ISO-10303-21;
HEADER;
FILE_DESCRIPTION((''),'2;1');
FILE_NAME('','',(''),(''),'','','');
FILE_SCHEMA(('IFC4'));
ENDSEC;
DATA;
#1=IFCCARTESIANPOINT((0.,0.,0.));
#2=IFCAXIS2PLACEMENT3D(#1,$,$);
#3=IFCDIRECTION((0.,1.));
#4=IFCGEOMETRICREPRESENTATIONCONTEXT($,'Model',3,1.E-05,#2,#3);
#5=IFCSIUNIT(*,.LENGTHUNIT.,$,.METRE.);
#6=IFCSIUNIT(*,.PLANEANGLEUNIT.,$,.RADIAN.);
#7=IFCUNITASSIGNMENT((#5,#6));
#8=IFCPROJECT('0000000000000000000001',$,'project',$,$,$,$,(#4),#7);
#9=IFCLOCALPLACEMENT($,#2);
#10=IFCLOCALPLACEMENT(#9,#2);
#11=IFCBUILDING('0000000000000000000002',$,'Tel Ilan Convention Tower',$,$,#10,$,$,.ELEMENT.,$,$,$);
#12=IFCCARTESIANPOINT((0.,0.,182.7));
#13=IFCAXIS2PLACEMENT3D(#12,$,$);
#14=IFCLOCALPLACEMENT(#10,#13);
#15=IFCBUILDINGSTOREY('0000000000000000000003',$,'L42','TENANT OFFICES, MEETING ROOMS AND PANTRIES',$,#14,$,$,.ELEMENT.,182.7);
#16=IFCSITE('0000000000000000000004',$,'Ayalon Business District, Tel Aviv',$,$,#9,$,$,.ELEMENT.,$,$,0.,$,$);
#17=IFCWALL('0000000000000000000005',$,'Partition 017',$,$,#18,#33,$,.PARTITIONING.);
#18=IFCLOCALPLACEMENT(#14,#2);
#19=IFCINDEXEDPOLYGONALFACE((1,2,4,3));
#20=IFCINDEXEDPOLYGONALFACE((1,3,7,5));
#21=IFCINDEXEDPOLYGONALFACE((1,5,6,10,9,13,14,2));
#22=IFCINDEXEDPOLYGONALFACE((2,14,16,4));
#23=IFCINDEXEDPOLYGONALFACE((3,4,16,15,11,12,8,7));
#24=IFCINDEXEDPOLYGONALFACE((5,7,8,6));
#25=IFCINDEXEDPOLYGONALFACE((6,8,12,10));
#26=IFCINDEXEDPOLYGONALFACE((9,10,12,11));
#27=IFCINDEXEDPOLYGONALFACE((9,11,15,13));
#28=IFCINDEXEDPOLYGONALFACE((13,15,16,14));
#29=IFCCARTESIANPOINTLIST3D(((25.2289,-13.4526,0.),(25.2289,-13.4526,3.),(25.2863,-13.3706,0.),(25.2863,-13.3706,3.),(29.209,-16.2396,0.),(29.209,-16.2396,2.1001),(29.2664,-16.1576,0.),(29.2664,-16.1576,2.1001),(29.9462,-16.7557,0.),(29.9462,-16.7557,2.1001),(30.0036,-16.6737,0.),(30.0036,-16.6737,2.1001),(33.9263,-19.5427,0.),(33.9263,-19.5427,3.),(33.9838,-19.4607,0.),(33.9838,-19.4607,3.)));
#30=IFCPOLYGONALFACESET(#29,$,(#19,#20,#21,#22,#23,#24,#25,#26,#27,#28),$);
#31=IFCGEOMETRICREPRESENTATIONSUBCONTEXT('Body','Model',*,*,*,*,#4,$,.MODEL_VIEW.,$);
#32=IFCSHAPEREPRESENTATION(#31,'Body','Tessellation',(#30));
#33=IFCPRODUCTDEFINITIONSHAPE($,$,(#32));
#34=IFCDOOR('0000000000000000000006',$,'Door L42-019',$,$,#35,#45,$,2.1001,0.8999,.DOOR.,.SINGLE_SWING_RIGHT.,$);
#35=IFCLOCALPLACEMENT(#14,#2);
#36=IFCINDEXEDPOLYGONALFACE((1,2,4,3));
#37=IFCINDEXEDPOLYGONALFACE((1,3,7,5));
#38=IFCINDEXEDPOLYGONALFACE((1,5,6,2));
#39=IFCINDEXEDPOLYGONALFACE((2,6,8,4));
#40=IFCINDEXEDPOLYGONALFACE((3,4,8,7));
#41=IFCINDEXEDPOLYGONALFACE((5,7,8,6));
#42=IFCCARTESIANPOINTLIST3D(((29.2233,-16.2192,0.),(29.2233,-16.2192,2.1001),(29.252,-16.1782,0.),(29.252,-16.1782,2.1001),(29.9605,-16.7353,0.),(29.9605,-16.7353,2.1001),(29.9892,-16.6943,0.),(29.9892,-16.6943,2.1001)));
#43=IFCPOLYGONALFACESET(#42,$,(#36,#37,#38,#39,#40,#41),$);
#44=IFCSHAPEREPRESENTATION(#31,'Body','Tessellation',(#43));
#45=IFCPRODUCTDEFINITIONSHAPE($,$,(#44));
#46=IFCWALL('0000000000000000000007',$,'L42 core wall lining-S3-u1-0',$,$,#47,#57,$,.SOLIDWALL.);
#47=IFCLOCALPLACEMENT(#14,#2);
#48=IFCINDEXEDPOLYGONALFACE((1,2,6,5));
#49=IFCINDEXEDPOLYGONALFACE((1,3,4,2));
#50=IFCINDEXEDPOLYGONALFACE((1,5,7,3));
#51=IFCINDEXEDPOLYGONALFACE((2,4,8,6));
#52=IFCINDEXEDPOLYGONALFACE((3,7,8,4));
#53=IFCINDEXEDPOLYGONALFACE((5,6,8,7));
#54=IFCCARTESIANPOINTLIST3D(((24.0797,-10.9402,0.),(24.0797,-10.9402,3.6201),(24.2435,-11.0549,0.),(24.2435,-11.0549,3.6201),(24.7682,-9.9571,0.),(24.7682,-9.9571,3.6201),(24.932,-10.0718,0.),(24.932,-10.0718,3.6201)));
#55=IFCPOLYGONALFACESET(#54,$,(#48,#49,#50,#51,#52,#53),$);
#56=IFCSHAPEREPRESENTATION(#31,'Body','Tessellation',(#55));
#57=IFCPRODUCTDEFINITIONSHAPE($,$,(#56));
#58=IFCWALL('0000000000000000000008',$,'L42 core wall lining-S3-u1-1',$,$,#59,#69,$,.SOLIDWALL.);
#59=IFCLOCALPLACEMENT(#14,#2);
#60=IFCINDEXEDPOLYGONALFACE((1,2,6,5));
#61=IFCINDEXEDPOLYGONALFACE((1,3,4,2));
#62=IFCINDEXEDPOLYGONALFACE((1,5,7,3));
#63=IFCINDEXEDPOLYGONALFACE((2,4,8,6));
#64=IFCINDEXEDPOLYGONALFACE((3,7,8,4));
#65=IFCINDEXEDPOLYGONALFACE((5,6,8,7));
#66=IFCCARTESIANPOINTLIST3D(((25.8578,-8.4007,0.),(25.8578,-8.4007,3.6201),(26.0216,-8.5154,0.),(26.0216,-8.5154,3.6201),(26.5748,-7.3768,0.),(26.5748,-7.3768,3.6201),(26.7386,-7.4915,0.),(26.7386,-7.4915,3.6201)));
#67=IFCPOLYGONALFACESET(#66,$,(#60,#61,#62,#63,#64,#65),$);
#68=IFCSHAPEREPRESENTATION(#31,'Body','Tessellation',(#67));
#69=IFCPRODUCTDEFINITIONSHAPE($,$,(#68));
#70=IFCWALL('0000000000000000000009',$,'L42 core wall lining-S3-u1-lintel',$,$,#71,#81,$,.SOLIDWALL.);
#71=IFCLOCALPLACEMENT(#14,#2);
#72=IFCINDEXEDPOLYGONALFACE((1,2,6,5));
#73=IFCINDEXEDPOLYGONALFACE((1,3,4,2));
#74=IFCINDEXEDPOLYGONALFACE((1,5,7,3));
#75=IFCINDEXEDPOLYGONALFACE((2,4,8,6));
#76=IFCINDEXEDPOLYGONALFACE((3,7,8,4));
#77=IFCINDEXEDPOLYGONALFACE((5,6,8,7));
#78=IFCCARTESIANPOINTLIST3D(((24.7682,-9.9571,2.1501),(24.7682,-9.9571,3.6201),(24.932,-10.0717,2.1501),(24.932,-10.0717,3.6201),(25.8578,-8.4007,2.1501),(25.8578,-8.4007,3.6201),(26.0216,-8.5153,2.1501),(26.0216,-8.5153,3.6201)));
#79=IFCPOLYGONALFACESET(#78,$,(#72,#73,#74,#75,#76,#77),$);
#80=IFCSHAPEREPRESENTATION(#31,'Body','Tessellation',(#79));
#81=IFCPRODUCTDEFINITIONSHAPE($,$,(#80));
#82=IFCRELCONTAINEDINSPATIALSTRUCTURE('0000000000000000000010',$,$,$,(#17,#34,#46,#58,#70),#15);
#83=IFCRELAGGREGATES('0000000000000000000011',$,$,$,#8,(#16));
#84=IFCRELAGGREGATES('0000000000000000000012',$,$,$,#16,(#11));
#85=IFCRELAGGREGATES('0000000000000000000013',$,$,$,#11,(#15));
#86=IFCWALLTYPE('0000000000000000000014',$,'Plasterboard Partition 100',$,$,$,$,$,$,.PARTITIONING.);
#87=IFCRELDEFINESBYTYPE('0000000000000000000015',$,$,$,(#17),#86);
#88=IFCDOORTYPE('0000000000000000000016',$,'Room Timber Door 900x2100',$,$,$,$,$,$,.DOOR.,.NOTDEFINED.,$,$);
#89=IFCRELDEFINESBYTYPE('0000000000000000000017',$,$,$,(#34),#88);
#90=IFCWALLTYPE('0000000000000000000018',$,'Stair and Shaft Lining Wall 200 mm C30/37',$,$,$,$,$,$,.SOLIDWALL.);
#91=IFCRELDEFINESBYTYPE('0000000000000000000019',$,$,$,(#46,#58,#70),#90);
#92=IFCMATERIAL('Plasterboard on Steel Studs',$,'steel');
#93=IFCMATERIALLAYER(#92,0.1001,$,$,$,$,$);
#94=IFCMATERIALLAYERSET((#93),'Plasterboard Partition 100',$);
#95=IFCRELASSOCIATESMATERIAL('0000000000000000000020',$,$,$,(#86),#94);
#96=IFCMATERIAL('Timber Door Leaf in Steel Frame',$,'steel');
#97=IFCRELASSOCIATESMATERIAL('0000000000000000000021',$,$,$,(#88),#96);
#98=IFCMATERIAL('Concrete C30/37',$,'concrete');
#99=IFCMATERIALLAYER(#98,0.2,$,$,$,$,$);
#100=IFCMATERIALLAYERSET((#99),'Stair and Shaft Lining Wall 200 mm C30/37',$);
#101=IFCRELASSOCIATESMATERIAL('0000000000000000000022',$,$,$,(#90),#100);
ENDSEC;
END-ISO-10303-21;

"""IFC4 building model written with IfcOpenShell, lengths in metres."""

from ifc_helpers import new_model, si_unit, direction, frame, frame_2d, origin, place, context, subcontext, project, spatial, rectangle, extrude, material, layer, layer_set, type_object, element, fill, save


model = new_model("IFC4")

# Units and contexts
model_context = context("Model", 3, precision=1e-05, world=origin(), true_north=direction((0.0, 1.0)))
body_context = subcontext(model_context, "Body", "Model", "MODEL_VIEW")
ifc_project = project(units=[si_unit("LENGTHUNIT", "METRE"), si_unit("PLANEANGLEUNIT", "RADIAN")], contexts=[model_context])

# Site, building, storey
site_placement = place(None, origin())
site = spatial("IfcSite", under=ifc_project, at=site_placement, Name="Ayalon Business District, Tel Aviv", CompositionType="ELEMENT", RefElevation=0.0)
building_placement = place(site_placement, origin())
building = spatial("IfcBuilding", under=site, at=building_placement, Name="Tel Ilan Convention Tower", CompositionType="ELEMENT")
storey_placement = place(building_placement, frame((0.0, 0.0, 182.7)))
storey = spatial("IfcBuildingStorey", under=building, at=storey_placement, Name="L42", Description="TENANT OFFICES, MEETING ROOMS AND PANTRIES", CompositionType="ELEMENT", Elevation=182.7)

# Wall, opening, door
ifc_material_1 = material(Name="Plasterboard on Steel Studs", Category="steel")
ifc_layer_1 = layer(ifc_material_1, 0.1001)
ifc_layer_set_1 = layer_set([ifc_layer_1], Name="Plasterboard Partition 100")
wall_type_1 = type_object("IfcWallType", Name="Plasterboard Partition 100", PredefinedType="PARTITIONING", material=ifc_layer_set_1)
wall_1_placement = place(storey_placement, frame((25.2576, -13.4116, 0.0), z_axis=(0.0, 0.0, 1.0), x_axis=(0.819151, -0.573578, 0.0)))
wall_1 = element("IfcWall", 1, at=wall_1_placement, inside=storey, type_object=wall_type_1, Name="Partition 017", PredefinedType="PARTITIONING", context=body_context, shape_type="SweptSolid", body=[
    extrude(rectangle(XDim=10.6177, YDim=0.1001, at=frame_2d((5.3088, 0.0))), origin(), (0.0, 0.0, 1.0), 3.0),
])
opening_placement = place(wall_1_placement, frame((4.8589, 0.0, 0.0)))
opening = element("IfcOpeningElement", 2, at=opening_placement, cuts=wall_1, PredefinedType="OPENING", context=body_context, shape_type="SweptSolid", body=[
    extrude(rectangle(XDim=0.8999, YDim=2.1001, at=frame_2d((0.45, 1.05))), frame((0.0, 0.0601, 0.0), z_axis=(0.0, -1.0, 0.0), x_axis=(1.0, 0.0, 0.0)), (0.0, 0.0, 1.0), 0.1201),
])
ifc_material_2 = material(Name="Timber Door Leaf in Steel Frame", Category="steel")
door_type = type_object("IfcDoorType", Name="Room Timber Door 900x2100", OperationType="NOTDEFINED", PredefinedType="DOOR", material=ifc_material_2)
door_placement = place(opening_placement, origin())
door = element("IfcDoor", 3, at=door_placement, inside=storey, type_object=door_type, Name="Door L42-019", OperationType="SINGLE_SWING_RIGHT", OverallHeight=2.1001, OverallWidth=0.8999, PredefinedType="DOOR", context=body_context, shape_type="SweptSolid", body=[
    extrude(rectangle(XDim=0.8999, YDim=2.1001, at=frame_2d((0.45, 1.05))), frame((0.0, 0.0249, 0.0), z_axis=(0.0, -1.0, 0.0), x_axis=(1.0, 0.0, 0.0)), (0.0, 0.0, 1.0), 0.05),
])
fill(opening, door)

# Walls
ifc_material_3 = material(Name="Concrete C30/37", Category="concrete")
ifc_layer_2 = layer(ifc_material_3, 0.2)
ifc_layer_set_2 = layer_set([ifc_layer_2], Name="Stair and Shaft Lining Wall 200 mm C30/37")
wall_type_2 = type_object("IfcWallType", Name="Stair and Shaft Lining Wall 200 mm C30/37", PredefinedType="SOLIDWALL", material=ifc_layer_set_2)
wall_2_placement = place(storey_placement, frame((24.1616, -10.9976, 0.0), z_axis=(0.0, 0.0, 1.0), x_axis=(0.573613, 0.819127, 0.0)))
element("IfcWall", 4, at=wall_2_placement, inside=storey, type_object=wall_type_2, Name="L42 core wall lining-S3-u1-0", PredefinedType="SOLIDWALL", context=body_context, shape_type="SweptSolid", body=[
    extrude(rectangle(XDim=1.2002, YDim=0.2, at=frame_2d((0.6001, 0.0))), origin(), (0.0, 0.0, 1.0), 3.6201),
])
wall_3_placement = place(storey_placement, frame((25.9397, -8.458, 0.0), z_axis=(0.0, 0.0, 1.0), x_axis=(0.57362, 0.819122, 0.0)))
element("IfcWall", 5, at=wall_3_placement, inside=storey, type_object=wall_type_2, Name="L42 core wall lining-S3-u1-1", PredefinedType="SOLIDWALL", context=body_context, shape_type="SweptSolid", body=[
    extrude(rectangle(XDim=1.25, YDim=0.2, at=frame_2d((0.625, 0.0))), origin(), (0.0, 0.0, 1.0), 3.6201),
])
wall_4_placement = place(storey_placement, frame((24.8501, -10.0144, 2.1501), z_axis=(0.0, 0.0, 1.0), x_axis=(0.573505, 0.819202, 0.0)))
element("IfcWall", 6, at=wall_4_placement, inside=storey, type_object=wall_type_2, Name="L42 core wall lining-S3-u1-lintel", PredefinedType="SOLIDWALL", context=body_context, shape_type="SweptSolid", body=[
    extrude(rectangle(XDim=1.8999, YDim=0.2, at=frame_2d((0.95, 0.0))), origin(), (0.0, 0.0, 1.0), 1.47),
])

save(model, "model.ifc")
